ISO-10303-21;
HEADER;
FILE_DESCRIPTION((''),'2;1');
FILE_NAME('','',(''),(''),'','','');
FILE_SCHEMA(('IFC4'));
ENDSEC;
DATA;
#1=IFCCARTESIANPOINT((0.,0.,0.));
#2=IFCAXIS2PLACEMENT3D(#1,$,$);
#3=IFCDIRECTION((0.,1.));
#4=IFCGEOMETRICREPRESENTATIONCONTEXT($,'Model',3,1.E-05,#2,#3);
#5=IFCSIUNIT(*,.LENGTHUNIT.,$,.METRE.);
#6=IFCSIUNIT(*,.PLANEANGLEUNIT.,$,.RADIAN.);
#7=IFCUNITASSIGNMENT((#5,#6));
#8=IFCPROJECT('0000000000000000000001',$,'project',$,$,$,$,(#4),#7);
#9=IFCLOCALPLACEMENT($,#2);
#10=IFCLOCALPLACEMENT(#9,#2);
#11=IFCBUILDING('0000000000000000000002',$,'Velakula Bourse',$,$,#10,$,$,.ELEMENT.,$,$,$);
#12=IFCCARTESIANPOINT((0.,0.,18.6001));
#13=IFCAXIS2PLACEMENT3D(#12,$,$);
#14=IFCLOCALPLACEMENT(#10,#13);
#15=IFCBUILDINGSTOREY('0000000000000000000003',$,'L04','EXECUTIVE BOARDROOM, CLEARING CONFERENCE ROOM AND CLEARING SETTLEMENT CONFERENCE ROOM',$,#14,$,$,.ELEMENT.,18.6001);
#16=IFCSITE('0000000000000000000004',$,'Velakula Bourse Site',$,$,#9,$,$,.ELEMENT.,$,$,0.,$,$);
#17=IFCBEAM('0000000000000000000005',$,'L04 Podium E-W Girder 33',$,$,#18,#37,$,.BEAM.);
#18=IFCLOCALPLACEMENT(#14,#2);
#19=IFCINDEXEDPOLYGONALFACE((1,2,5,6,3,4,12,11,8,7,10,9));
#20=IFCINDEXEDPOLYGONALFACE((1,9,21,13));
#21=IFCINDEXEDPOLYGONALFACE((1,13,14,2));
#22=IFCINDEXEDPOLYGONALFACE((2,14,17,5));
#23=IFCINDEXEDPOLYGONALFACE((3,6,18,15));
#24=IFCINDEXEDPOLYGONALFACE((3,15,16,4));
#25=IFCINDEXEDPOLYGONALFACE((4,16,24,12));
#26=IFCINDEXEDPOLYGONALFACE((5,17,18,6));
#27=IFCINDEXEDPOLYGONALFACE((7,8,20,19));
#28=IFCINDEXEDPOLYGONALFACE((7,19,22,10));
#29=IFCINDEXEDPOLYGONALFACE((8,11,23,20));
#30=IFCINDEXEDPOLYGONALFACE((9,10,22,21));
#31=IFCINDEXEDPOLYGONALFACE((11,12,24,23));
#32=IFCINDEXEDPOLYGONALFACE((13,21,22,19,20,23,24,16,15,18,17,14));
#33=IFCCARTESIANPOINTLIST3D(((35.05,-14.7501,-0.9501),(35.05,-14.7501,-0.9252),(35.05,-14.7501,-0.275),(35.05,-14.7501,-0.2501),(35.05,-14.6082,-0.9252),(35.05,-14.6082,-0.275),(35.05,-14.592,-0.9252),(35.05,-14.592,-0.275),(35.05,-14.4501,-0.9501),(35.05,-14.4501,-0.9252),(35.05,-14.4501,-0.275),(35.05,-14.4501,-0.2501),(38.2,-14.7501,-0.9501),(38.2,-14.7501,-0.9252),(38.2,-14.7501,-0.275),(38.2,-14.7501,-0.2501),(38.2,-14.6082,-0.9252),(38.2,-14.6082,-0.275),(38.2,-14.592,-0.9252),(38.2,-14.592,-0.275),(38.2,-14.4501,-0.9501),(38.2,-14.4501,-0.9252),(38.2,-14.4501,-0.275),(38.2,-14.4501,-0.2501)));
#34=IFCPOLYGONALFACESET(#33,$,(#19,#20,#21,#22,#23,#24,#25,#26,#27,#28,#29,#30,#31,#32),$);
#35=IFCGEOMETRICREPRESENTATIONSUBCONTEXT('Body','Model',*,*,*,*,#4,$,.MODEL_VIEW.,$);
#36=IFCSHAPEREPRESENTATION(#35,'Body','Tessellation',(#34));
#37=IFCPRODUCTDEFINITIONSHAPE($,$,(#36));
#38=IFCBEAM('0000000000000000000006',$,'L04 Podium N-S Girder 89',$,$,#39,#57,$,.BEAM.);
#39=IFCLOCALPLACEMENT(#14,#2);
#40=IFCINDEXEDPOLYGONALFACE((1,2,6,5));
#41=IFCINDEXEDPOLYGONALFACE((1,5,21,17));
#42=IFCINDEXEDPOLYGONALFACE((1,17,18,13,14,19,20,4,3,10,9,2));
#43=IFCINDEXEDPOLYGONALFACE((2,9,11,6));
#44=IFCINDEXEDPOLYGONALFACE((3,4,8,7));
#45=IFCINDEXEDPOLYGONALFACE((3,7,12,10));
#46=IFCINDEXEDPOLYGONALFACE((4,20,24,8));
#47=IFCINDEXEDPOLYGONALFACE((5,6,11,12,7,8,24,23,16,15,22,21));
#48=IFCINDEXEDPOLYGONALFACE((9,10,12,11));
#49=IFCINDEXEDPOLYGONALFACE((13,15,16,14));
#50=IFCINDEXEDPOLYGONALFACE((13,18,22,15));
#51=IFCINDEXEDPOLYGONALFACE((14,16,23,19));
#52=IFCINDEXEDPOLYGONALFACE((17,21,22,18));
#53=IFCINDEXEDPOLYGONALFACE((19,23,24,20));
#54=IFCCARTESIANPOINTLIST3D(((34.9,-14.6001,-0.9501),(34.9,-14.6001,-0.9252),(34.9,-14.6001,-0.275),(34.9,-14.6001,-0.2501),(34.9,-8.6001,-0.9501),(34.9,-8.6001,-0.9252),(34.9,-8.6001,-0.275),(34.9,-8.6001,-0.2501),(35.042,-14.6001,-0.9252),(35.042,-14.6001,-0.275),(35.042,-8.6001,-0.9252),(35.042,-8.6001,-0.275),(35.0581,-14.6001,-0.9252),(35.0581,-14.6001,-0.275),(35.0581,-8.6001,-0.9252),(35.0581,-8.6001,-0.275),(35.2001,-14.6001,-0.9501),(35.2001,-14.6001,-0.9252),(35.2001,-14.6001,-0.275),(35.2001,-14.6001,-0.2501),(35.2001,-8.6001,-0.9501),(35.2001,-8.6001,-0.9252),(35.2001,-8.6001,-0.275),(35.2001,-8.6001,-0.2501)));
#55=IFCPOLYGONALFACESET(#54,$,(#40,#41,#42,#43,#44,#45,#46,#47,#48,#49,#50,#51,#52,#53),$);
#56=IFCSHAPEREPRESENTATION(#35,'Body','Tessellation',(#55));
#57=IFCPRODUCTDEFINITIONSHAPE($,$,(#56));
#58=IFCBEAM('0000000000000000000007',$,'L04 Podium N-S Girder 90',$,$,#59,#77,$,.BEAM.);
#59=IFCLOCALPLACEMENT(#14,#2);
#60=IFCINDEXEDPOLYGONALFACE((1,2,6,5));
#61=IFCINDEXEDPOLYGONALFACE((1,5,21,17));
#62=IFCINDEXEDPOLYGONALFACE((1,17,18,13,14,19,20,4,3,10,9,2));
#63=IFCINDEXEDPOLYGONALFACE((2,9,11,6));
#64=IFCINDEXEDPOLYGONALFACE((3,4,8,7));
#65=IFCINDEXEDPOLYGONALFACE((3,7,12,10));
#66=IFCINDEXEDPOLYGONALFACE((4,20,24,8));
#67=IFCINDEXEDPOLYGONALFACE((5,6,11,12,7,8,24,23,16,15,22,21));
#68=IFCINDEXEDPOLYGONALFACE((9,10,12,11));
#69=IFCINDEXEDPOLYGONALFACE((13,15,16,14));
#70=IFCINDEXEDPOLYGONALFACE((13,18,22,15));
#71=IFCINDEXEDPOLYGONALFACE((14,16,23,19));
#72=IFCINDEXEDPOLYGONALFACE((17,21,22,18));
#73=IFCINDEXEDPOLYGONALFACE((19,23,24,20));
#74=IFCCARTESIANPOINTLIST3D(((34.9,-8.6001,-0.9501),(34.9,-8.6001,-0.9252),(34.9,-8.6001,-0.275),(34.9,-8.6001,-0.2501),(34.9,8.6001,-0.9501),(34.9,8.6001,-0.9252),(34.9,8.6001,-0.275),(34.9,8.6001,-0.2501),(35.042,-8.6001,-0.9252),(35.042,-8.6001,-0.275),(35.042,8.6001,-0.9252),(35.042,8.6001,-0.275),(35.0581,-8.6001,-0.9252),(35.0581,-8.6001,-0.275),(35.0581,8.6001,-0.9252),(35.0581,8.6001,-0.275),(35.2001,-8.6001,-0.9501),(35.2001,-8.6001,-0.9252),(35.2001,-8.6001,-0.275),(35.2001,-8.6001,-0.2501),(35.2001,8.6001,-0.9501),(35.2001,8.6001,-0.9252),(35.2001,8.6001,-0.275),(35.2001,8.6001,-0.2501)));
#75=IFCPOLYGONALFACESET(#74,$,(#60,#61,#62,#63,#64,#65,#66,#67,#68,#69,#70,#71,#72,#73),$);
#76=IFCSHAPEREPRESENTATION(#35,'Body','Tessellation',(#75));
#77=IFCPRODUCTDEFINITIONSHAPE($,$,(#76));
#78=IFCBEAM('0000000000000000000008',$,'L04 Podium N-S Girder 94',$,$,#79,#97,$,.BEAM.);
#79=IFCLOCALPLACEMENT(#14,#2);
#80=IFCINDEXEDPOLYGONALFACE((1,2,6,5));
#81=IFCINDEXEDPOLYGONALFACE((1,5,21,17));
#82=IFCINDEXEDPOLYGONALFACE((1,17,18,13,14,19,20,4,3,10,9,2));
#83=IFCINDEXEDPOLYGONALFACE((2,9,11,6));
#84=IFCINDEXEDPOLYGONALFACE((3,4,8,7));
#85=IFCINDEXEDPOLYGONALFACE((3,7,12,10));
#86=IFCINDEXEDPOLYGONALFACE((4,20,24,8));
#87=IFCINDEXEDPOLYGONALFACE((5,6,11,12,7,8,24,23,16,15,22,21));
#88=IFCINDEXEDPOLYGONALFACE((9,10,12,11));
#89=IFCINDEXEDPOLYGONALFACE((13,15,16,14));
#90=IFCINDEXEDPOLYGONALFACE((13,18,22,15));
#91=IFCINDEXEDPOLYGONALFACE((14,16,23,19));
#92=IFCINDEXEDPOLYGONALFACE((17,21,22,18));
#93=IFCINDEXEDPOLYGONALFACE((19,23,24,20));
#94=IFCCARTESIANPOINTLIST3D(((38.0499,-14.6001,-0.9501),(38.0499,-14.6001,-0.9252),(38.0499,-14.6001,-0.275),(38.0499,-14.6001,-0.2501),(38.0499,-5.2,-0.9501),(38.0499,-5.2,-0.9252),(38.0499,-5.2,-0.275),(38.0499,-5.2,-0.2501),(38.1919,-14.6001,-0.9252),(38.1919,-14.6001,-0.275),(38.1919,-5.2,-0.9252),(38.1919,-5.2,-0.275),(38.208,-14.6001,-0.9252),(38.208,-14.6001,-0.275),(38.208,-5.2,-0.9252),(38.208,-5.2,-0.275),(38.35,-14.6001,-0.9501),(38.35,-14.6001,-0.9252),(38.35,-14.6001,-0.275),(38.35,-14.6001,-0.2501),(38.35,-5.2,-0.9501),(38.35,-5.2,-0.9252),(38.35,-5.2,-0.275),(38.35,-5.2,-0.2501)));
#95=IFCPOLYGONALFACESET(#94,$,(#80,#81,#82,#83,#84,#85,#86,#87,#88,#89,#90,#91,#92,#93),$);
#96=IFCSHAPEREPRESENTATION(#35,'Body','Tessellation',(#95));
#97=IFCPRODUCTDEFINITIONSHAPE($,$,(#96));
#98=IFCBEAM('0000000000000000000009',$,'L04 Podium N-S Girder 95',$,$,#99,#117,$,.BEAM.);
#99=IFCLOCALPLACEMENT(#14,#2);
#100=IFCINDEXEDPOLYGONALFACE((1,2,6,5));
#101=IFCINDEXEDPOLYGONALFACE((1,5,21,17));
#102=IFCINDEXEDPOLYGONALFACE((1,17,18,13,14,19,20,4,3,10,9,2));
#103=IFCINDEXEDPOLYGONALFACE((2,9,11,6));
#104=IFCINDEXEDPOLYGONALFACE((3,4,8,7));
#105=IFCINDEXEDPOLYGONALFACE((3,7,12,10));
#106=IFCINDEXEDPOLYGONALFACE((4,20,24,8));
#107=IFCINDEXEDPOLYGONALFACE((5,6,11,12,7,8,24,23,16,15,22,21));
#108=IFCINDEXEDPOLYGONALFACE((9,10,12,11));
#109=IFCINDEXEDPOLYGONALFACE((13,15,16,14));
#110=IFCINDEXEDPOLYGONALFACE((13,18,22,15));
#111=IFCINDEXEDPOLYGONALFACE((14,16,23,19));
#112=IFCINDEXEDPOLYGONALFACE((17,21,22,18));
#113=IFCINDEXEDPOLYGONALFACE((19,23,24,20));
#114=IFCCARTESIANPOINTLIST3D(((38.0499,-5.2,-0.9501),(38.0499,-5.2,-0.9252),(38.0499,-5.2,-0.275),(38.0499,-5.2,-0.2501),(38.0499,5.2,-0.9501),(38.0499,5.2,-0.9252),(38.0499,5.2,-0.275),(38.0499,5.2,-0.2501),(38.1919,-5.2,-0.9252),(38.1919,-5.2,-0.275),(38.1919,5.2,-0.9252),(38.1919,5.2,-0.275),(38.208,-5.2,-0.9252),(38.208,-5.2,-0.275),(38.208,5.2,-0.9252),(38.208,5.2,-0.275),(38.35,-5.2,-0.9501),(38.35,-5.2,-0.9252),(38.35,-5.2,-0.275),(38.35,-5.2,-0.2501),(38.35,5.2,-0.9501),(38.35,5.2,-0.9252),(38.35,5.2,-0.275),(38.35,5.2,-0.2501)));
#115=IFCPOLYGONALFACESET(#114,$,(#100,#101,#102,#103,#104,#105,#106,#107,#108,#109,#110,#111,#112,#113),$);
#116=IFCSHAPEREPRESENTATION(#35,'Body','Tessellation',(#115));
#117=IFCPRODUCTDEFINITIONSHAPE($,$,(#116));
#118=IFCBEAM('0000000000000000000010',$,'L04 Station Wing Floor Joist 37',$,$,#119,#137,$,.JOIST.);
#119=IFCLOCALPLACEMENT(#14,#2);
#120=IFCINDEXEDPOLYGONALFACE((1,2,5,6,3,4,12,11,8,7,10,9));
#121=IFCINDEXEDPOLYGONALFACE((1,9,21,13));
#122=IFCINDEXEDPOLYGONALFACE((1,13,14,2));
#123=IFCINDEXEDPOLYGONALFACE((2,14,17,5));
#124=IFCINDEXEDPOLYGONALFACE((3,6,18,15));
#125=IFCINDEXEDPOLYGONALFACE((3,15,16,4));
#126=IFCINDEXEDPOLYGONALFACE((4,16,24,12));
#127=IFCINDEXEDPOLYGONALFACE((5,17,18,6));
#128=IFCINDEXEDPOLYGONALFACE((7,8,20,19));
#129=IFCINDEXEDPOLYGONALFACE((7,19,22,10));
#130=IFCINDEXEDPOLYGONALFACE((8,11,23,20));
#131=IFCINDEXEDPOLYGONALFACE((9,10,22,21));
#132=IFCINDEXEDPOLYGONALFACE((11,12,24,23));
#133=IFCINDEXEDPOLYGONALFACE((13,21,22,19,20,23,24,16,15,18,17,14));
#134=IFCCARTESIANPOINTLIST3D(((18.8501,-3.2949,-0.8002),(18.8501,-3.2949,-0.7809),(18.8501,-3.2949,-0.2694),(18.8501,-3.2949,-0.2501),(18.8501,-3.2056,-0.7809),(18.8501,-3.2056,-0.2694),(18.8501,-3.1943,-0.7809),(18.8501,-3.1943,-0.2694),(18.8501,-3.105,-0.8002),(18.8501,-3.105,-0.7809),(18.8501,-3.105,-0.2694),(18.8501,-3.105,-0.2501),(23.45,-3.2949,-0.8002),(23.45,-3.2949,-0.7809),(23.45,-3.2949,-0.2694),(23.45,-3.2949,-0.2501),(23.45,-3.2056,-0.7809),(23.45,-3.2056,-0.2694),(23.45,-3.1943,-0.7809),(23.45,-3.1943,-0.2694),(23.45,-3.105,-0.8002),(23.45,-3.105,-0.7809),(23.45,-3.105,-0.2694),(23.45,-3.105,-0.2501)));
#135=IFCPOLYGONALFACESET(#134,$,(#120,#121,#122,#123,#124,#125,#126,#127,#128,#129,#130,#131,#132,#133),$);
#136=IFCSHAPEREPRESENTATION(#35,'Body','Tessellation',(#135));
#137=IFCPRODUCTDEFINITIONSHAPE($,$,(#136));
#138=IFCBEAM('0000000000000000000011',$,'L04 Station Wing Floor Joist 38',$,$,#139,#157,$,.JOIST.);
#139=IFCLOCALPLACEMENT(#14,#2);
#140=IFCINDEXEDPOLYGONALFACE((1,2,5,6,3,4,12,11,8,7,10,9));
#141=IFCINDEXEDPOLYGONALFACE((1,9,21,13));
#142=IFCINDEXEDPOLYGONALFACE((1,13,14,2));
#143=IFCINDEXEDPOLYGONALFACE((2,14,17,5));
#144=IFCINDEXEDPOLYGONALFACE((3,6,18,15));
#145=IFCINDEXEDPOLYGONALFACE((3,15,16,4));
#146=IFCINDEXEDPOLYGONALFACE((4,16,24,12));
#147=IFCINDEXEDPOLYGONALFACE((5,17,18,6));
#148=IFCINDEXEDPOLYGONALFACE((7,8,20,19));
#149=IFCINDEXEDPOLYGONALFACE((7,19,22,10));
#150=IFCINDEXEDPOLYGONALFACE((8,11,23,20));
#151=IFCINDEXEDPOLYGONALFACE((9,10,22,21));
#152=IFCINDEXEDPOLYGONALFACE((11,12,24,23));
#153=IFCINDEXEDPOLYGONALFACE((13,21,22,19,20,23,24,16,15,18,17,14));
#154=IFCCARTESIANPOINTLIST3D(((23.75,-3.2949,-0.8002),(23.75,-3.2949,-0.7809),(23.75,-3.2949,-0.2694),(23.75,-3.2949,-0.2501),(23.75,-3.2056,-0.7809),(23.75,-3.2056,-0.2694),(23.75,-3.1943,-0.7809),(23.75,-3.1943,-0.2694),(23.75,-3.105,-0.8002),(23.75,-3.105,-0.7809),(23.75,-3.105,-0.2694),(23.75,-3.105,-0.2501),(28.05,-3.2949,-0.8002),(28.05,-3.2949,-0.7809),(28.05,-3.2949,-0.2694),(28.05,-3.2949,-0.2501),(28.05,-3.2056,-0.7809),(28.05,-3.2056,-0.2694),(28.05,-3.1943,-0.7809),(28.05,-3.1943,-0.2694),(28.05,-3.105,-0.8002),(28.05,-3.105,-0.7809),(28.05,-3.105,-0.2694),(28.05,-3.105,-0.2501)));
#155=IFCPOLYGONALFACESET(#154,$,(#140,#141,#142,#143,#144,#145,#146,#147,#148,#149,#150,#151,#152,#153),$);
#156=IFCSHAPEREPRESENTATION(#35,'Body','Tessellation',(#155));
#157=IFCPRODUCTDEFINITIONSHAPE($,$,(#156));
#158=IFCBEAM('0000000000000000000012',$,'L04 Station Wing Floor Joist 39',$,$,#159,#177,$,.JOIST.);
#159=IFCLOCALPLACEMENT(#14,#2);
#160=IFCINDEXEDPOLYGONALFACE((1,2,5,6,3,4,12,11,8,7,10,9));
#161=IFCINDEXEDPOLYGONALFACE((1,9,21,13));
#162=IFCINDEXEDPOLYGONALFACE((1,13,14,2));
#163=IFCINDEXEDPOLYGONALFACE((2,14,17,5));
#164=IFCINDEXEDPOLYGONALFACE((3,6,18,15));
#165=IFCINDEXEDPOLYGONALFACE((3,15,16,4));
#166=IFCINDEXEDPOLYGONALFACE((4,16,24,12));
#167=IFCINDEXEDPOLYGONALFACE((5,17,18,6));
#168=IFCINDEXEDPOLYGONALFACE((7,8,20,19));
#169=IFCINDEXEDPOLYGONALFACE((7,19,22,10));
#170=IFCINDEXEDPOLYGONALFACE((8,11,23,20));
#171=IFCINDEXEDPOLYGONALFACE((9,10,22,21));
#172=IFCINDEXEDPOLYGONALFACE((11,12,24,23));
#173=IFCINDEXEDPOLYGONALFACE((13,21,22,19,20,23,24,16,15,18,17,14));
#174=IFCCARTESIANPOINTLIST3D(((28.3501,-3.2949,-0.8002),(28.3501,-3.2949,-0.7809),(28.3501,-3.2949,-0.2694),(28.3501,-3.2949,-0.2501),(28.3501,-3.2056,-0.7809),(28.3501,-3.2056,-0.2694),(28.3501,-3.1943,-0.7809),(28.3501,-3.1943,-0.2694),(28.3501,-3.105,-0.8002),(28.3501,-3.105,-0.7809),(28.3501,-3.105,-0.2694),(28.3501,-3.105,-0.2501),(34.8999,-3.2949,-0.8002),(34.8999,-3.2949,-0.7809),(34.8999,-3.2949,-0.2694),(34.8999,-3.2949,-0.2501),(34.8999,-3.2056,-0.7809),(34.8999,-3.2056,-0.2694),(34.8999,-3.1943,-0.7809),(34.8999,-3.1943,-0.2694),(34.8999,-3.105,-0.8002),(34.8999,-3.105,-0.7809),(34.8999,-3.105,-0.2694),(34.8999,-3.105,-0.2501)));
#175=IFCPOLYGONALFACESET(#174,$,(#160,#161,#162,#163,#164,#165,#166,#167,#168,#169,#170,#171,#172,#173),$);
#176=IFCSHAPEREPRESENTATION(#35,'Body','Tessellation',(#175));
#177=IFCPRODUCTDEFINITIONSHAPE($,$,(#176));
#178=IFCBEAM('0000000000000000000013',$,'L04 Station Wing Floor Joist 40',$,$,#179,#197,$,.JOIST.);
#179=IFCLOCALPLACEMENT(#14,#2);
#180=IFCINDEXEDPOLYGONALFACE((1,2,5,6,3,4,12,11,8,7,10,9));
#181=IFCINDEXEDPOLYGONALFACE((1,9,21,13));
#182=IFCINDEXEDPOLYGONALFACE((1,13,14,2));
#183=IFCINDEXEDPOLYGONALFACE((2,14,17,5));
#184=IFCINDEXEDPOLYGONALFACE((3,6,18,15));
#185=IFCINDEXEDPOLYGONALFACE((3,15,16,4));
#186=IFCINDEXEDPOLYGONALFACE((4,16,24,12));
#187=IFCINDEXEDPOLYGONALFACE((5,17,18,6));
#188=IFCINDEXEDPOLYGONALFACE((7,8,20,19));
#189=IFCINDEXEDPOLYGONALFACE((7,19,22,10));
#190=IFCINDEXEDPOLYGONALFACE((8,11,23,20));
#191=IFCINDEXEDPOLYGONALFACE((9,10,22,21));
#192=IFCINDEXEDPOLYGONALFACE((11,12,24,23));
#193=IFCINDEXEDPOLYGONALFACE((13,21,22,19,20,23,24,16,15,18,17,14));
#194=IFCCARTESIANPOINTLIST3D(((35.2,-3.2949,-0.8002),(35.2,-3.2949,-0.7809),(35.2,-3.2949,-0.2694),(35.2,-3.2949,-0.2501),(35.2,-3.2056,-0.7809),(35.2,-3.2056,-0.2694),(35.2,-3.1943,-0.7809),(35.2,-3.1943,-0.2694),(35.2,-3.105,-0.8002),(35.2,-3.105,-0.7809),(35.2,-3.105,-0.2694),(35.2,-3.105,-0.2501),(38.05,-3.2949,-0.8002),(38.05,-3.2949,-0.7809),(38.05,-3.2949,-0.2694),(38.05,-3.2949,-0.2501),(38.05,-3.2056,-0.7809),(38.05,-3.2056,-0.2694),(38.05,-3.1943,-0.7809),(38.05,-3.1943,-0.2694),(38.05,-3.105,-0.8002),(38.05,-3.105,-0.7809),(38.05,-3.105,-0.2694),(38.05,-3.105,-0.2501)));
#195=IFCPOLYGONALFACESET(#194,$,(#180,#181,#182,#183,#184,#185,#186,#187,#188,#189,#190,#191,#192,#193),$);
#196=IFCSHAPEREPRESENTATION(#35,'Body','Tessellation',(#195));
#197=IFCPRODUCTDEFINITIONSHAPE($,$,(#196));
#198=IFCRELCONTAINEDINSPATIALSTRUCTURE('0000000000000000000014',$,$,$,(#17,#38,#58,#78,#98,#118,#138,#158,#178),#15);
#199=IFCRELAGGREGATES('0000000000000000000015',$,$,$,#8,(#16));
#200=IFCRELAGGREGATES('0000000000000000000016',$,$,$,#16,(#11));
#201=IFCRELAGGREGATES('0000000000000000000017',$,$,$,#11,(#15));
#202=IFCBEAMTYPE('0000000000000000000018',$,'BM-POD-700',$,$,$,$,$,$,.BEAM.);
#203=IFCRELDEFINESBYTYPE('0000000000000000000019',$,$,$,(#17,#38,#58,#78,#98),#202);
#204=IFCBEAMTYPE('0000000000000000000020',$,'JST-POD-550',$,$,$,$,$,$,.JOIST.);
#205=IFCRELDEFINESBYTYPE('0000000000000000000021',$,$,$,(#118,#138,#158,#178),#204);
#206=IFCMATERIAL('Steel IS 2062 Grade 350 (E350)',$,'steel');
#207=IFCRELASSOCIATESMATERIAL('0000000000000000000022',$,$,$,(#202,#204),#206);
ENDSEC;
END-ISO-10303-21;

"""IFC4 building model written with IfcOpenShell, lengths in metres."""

from ifc_helpers import new_model, si_unit, direction, frame, origin, origin_2d, place, context, subcontext, project, spatial, i_section, extrude, material, material_profile, profile_set, type_object, element, save


model = new_model("IFC4")

# Units and contexts
model_context = context("Model", 3, precision=1e-05, world=origin(), true_north=direction((0.0, 1.0)))
body_context = subcontext(model_context, "Body", "Model", "MODEL_VIEW")
ifc_project = project(units=[si_unit("LENGTHUNIT", "METRE"), si_unit("PLANEANGLEUNIT", "RADIAN")], contexts=[model_context])

# Site, building, storey
site_placement = place(None, origin())
site = spatial("IfcSite", under=ifc_project, at=site_placement, Name="Velakula Bourse Site", CompositionType="ELEMENT", RefElevation=0.0)
building_placement = place(site_placement, origin())
building = spatial("IfcBuilding", under=site, at=building_placement, Name="Velakula Bourse", CompositionType="ELEMENT")
storey_placement = place(building_placement, frame((0.0, 0.0, 18.6001)))
storey = spatial("IfcBuildingStorey", under=building, at=storey_placement, Name="L04", Description="EXECUTIVE BOARDROOM, CLEARING CONFERENCE ROOM AND CLEARING SETTLEMENT CONFERENCE ROOM", CompositionType="ELEMENT", Elevation=18.6001)

# Beams
ifc_material_1 = material(Name="Steel IS 2062 Grade 350 (E350)", Category="steel")
ifc_material_profile_1 = material_profile(ifc_material_1, i_section(OverallWidth=0.3, OverallDepth=0.7, WebThickness=0.0161, FlangeThickness=0.0249, at=origin_2d()), Name="Steel IS 2062 Grade 350 (E350)")
ifc_profile_set_1 = profile_set([ifc_material_profile_1], Name="Steel IS 2062 Grade 350 (E350)")
beam_type_1 = type_object("IfcBeamType", Name="BM-POD-700", PredefinedType="BEAM", material=ifc_profile_set_1)
beam_1_placement = place(storey_placement, frame((35.05, -14.6001, -0.6001), z_axis=(1.0, 0.0, 0.0), x_axis=(0.0, 1.0, 0.0)))
element("IfcBeam", 1, at=beam_1_placement, inside=storey, type_object=beam_type_1, Name="L04 Podium E-W Girder 33", PredefinedType="BEAM", context=body_context, shape_type="SweptSolid", body=[
    extrude(i_section(OverallWidth=0.3, OverallDepth=0.7, WebThickness=0.0161, FlangeThickness=0.0249, at=origin_2d()), origin(), (0.0, 0.0, 1.0), 3.1499),
])
beam_2_placement = place(storey_placement, frame((35.05, -14.6001, -0.6001), z_axis=(0.0, 1.0, 0.0), x_axis=(-1.0, 0.0, 0.0)))
element("IfcBeam", 2, at=beam_2_placement, inside=storey, type_object=beam_type_1, Name="L04 Podium N-S Girder 89", PredefinedType="BEAM", context=body_context, shape_type="SweptSolid", body=[
    extrude(i_section(OverallWidth=0.3, OverallDepth=0.7, WebThickness=0.0161, FlangeThickness=0.0249, at=origin_2d()), origin(), (0.0, 0.0, 1.0), 6.0),
])
beam_3_placement = place(storey_placement, frame((35.05, -8.6001, -0.6001), z_axis=(0.0, 1.0, 0.0), x_axis=(-1.0, 0.0, 0.0)))
element("IfcBeam", 3, at=beam_3_placement, inside=storey, type_object=beam_type_1, Name="L04 Podium N-S Girder 90", PredefinedType="BEAM", context=body_context, shape_type="SweptSolid", body=[
    extrude(i_section(OverallWidth=0.3, OverallDepth=0.7, WebThickness=0.0161, FlangeThickness=0.0249, at=origin_2d()), origin(), (0.0, 0.0, 1.0), 17.2002),
])
beam_4_placement = place(storey_placement, frame((38.2, -14.6001, -0.6001), z_axis=(0.0, 1.0, 0.0), x_axis=(-1.0, 0.0, 0.0)))
element("IfcBeam", 4, at=beam_4_placement, inside=storey, type_object=beam_type_1, Name="L04 Podium N-S Girder 94", PredefinedType="BEAM", context=body_context, shape_type="SweptSolid", body=[
    extrude(i_section(OverallWidth=0.3, OverallDepth=0.7, WebThickness=0.0161, FlangeThickness=0.0249, at=origin_2d()), origin(), (0.0, 0.0, 1.0), 9.4001),
])
beam_5_placement = place(storey_placement, frame((38.2, -5.2, -0.6001), z_axis=(0.0, 1.0, 0.0), x_axis=(-1.0, 0.0, 0.0)))
element("IfcBeam", 5, at=beam_5_placement, inside=storey, type_object=beam_type_1, Name="L04 Podium N-S Girder 95", PredefinedType="BEAM", context=body_context, shape_type="SweptSolid", body=[
    extrude(i_section(OverallWidth=0.3, OverallDepth=0.7, WebThickness=0.0161, FlangeThickness=0.0249, at=origin_2d()), origin(), (0.0, 0.0, 1.0), 10.3999),
])
ifc_material_profile_2 = material_profile(ifc_material_1, i_section(OverallWidth=0.1899, OverallDepth=0.55, WebThickness=0.0112, FlangeThickness=0.0193, at=origin_2d()), Name="Steel IS 2062 Grade 350 (E350)")
ifc_profile_set_2 = profile_set([ifc_material_profile_2], Name="Steel IS 2062 Grade 350 (E350)")
beam_type_2 = type_object("IfcBeamType", Name="JST-POD-550", PredefinedType="JOIST", material=ifc_profile_set_2)
beam_6_placement = place(storey_placement, frame((18.8501, -3.2, -0.5251), z_axis=(1.0, 0.0, 0.0), x_axis=(0.0, 1.0, 0.0)))
element("IfcBeam", 6, at=beam_6_placement, inside=storey, type_object=beam_type_2, Name="L04 Station Wing Floor Joist 37", PredefinedType="JOIST", context=body_context, shape_type="SweptSolid", body=[
    extrude(i_section(OverallWidth=0.1899, OverallDepth=0.55, WebThickness=0.0112, FlangeThickness=0.0193, at=origin_2d()), origin(), (0.0, 0.0, 1.0), 4.5999),
])
beam_7_placement = place(storey_placement, frame((23.75, -3.2, -0.5251), z_axis=(1.0, 0.0, 0.0), x_axis=(0.0, 1.0, 0.0)))
element("IfcBeam", 7, at=beam_7_placement, inside=storey, type_object=beam_type_2, Name="L04 Station Wing Floor Joist 38", PredefinedType="JOIST", context=body_context, shape_type="SweptSolid", body=[
    extrude(i_section(OverallWidth=0.1899, OverallDepth=0.55, WebThickness=0.0112, FlangeThickness=0.0193, at=origin_2d()), origin(), (0.0, 0.0, 1.0), 4.3),
])
beam_8_placement = place(storey_placement, frame((28.3501, -3.2, -0.5251), z_axis=(1.0, 0.0, 0.0), x_axis=(0.0, 1.0, 0.0)))
element("IfcBeam", 8, at=beam_8_placement, inside=storey, type_object=beam_type_2, Name="L04 Station Wing Floor Joist 39", PredefinedType="JOIST", context=body_context, shape_type="SweptSolid", body=[
    extrude(i_section(OverallWidth=0.1899, OverallDepth=0.55, WebThickness=0.0112, FlangeThickness=0.0193, at=origin_2d()), origin(), (0.0, 0.0, 1.0), 6.5498),
])
beam_9_placement = place(storey_placement, frame((35.2, -3.2, -0.5251), z_axis=(1.0, 0.0, 0.0), x_axis=(0.0, 1.0, 0.0)))
element("IfcBeam", 9, at=beam_9_placement, inside=storey, type_object=beam_type_2, Name="L04 Station Wing Floor Joist 40", PredefinedType="JOIST", context=body_context, shape_type="SweptSolid", body=[
    extrude(i_section(OverallWidth=0.1899, OverallDepth=0.55, WebThickness=0.0112, FlangeThickness=0.0193, at=origin_2d()), origin(), (0.0, 0.0, 1.0), 2.8501),
])

save(model, "model.ifc")
